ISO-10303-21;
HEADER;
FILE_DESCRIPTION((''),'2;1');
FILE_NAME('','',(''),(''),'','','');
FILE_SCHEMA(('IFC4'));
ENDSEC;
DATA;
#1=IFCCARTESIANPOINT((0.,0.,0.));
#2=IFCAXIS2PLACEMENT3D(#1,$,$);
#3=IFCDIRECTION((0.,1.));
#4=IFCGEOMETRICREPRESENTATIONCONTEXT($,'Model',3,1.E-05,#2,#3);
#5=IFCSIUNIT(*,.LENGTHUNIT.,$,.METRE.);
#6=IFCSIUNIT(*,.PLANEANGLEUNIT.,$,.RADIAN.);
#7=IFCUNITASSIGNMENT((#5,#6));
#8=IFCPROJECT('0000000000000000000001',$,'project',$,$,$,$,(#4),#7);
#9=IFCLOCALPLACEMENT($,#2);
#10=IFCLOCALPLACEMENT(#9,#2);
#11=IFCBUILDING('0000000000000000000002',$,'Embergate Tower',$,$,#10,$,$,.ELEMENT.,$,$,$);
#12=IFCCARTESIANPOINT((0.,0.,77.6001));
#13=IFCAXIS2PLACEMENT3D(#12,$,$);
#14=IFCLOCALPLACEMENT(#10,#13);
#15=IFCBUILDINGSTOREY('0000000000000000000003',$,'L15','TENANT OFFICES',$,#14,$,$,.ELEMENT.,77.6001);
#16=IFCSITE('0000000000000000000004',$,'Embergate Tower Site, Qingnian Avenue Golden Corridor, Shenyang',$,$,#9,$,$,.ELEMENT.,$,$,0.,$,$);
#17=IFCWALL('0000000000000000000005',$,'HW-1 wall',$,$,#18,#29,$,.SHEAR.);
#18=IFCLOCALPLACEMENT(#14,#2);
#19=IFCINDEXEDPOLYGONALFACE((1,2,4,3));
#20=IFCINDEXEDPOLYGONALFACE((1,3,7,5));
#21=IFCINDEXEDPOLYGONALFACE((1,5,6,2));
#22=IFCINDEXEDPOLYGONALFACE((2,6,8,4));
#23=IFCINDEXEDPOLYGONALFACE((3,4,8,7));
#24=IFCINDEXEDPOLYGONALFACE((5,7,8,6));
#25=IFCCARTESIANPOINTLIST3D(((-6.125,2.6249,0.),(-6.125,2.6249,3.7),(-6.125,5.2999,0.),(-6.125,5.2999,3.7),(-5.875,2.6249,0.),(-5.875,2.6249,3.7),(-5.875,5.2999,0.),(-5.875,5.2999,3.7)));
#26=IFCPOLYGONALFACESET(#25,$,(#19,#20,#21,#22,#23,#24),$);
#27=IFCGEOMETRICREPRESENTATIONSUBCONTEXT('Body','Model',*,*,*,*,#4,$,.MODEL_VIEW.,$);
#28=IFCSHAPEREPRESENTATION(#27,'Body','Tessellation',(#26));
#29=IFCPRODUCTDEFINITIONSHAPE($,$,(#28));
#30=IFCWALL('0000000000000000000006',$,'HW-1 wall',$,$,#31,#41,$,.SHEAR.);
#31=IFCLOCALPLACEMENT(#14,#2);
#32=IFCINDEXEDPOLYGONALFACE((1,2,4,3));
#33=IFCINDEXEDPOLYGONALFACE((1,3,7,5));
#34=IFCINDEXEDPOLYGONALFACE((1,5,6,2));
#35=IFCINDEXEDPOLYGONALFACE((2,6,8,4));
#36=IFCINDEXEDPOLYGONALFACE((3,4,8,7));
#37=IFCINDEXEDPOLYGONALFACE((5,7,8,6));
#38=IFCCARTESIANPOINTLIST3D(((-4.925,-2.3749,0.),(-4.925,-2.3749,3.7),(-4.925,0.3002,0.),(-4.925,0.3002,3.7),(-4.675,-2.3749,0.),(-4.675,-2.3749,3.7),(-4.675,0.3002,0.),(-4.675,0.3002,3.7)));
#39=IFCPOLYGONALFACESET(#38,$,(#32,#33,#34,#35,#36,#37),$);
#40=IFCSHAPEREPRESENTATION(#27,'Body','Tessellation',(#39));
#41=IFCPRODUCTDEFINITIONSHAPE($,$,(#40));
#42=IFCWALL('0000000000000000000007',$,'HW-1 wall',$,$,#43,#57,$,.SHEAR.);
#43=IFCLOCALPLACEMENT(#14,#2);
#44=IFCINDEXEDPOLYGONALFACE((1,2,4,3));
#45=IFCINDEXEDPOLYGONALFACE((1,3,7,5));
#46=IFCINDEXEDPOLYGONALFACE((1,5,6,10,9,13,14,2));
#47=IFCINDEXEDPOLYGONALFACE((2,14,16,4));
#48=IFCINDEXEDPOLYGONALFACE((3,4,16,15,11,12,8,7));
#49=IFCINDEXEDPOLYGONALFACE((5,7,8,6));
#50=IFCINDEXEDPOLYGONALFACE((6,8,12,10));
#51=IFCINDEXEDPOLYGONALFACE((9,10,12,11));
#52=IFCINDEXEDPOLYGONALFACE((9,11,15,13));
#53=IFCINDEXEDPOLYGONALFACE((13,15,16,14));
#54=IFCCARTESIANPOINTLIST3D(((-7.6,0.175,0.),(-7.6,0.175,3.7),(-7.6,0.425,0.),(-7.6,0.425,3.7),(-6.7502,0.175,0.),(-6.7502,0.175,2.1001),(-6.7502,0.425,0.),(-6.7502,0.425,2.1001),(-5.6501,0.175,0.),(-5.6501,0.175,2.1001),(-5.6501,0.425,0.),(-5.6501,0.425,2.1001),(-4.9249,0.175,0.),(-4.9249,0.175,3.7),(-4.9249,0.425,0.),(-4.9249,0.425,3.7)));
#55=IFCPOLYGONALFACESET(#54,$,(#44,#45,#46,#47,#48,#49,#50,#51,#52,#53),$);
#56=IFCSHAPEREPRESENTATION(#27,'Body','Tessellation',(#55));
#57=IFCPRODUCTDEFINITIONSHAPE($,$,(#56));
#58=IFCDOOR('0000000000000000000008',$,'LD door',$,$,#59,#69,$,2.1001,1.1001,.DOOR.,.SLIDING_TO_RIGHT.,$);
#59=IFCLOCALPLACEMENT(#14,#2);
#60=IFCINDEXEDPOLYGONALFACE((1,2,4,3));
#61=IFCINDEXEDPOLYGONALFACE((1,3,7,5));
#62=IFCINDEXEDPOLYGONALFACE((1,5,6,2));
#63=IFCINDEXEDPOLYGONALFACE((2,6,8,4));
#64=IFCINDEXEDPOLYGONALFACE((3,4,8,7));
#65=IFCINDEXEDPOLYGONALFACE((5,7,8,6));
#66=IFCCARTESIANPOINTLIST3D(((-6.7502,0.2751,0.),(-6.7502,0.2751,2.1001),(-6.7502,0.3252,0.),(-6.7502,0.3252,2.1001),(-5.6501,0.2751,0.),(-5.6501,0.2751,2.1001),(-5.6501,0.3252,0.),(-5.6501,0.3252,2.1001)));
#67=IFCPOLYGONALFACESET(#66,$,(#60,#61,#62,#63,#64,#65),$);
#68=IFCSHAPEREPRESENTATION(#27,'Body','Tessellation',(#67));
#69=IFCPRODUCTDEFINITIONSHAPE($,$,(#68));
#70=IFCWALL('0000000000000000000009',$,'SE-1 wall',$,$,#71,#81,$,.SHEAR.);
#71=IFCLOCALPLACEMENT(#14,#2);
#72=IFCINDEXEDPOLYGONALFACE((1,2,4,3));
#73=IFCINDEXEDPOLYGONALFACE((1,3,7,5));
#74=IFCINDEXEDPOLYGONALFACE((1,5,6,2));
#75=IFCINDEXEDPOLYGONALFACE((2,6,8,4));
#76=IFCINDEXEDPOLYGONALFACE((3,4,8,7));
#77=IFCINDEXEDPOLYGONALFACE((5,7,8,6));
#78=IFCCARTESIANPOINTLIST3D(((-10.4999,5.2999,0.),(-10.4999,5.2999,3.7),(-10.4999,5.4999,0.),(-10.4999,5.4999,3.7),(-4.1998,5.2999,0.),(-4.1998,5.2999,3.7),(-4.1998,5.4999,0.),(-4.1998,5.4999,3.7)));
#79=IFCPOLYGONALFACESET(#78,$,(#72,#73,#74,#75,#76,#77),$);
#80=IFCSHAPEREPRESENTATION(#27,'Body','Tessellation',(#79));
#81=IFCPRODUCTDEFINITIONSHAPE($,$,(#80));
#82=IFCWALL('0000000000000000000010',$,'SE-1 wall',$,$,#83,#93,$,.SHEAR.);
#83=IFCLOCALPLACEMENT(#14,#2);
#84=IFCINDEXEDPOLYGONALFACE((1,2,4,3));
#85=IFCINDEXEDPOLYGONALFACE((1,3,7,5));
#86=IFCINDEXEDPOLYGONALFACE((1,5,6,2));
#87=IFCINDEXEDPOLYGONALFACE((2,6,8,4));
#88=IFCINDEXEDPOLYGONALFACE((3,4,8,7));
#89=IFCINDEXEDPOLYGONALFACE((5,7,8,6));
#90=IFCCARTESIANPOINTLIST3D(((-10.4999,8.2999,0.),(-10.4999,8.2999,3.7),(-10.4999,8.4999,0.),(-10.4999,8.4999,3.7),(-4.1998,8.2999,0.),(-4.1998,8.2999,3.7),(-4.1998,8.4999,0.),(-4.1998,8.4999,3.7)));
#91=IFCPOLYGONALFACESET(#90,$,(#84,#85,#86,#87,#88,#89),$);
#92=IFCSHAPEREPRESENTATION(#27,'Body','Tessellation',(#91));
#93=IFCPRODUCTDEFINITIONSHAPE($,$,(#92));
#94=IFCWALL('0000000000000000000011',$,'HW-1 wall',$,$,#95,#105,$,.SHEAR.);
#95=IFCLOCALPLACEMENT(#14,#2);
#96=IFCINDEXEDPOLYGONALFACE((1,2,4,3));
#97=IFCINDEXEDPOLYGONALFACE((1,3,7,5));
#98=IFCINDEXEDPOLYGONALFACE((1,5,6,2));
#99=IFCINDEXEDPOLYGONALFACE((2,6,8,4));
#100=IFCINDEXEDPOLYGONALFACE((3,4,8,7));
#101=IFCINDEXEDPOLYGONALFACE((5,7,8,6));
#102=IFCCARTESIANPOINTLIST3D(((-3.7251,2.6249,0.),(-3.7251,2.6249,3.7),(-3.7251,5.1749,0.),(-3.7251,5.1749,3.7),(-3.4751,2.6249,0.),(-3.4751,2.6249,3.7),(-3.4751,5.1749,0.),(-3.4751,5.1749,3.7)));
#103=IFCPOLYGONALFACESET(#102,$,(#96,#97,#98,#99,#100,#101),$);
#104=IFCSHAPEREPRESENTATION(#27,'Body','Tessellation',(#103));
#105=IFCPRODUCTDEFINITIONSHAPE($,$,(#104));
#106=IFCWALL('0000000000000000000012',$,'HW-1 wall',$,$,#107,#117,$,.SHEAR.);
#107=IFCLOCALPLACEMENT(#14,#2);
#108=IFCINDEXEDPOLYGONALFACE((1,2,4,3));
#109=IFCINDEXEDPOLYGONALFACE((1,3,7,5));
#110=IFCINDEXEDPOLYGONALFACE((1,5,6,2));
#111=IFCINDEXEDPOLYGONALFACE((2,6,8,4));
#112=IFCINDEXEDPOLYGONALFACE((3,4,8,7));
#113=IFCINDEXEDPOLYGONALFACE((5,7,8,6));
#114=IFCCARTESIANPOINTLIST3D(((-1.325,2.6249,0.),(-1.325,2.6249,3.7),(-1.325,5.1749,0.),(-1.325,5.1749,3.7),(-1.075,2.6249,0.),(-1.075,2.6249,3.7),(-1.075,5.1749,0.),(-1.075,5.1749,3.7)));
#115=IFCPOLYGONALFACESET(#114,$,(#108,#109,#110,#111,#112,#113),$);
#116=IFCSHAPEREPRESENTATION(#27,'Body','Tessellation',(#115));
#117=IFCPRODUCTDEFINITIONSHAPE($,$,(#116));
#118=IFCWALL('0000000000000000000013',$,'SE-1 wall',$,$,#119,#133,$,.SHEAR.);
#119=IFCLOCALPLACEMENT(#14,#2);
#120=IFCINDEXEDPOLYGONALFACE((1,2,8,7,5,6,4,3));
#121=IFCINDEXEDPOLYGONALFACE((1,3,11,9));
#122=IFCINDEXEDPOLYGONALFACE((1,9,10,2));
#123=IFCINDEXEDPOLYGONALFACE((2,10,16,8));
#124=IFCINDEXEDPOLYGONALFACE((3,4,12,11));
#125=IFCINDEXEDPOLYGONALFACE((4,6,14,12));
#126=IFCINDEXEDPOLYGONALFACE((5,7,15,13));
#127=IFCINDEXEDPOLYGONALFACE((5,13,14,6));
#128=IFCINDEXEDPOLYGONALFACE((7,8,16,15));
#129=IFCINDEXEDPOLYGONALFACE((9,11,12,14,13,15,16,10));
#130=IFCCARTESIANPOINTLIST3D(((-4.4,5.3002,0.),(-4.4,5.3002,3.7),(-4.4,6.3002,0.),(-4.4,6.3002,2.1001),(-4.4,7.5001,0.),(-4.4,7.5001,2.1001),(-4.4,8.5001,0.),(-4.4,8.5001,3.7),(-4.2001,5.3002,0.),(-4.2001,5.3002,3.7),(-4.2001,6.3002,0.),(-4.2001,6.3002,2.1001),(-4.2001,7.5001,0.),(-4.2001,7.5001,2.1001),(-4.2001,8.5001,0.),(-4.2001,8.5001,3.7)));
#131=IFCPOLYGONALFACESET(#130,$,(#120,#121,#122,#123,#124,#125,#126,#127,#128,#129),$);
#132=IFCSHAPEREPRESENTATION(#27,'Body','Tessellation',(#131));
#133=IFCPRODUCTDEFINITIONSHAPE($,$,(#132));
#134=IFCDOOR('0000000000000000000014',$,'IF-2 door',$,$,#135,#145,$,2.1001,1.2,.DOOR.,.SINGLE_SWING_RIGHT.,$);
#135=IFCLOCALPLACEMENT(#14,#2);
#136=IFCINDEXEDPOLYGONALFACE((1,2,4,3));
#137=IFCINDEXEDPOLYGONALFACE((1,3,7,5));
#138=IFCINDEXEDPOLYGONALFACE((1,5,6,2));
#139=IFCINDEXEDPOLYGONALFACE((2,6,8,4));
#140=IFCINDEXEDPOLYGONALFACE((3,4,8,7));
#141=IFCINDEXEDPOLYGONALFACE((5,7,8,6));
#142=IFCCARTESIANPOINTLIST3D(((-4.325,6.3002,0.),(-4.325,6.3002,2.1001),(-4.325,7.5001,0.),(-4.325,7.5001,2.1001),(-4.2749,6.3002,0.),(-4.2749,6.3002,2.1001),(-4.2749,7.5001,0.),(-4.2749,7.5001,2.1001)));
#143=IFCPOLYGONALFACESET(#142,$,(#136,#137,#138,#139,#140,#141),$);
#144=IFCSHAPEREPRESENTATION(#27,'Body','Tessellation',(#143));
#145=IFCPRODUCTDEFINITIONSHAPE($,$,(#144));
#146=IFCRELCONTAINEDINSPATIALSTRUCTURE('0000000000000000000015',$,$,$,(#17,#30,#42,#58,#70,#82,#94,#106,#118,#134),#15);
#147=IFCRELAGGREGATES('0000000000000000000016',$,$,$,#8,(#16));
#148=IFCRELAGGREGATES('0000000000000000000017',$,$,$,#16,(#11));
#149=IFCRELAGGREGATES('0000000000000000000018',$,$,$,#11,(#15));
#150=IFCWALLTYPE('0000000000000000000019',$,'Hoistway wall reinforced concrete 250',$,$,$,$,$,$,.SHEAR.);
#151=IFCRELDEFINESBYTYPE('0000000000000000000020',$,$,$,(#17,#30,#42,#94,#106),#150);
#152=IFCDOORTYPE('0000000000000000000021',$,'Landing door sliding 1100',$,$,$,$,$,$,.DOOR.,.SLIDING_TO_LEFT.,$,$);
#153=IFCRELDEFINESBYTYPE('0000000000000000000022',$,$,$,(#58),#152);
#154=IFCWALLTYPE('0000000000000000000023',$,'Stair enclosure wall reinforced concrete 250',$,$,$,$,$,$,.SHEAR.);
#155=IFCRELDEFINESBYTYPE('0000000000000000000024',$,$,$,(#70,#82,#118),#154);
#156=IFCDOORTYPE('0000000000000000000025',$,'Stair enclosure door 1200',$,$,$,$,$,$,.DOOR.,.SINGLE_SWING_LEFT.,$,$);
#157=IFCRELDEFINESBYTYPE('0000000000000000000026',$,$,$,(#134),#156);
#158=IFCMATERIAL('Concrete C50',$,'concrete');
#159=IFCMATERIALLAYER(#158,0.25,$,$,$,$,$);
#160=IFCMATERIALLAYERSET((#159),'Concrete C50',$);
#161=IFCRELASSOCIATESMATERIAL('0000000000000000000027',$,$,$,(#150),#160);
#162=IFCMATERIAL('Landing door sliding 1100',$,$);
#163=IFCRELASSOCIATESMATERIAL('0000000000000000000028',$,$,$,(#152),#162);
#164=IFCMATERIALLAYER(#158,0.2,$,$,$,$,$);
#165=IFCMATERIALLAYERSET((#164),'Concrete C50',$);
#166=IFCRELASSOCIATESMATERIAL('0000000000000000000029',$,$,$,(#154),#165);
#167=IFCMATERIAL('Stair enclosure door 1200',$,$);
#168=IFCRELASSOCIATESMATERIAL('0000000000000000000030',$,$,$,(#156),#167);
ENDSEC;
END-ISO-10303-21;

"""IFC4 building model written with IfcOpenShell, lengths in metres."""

from ifc_helpers import new_model, si_unit, direction, frame, frame_2d, origin, place, context, subcontext, project, spatial, rectangle, extrude, source, transform, mapped, material, layer, layer_set, type_object, element, fill, save


model = new_model("IFC4")

# Units and contexts
model_context = context("Model", 3, precision=1e-05, world=origin(), true_north=direction((0.0, 1.0)))
body_context = subcontext(model_context, "Body", "Model", "MODEL_VIEW")
ifc_project = project(units=[si_unit("LENGTHUNIT", "METRE"), si_unit("PLANEANGLEUNIT", "RADIAN")], contexts=[model_context])

# Site, building, storey
site_placement = place(None, origin())
site = spatial("IfcSite", under=ifc_project, at=site_placement, Name="Embergate Tower Site, Qingnian Avenue Golden Corridor, Shenyang", CompositionType="ELEMENT", RefElevation=0.0)
building_placement = place(site_placement, origin())
building = spatial("IfcBuilding", under=site, at=building_placement, Name="Embergate Tower", CompositionType="ELEMENT")
storey_placement = place(building_placement, frame((0.0, 0.0, 77.6001)))
storey = spatial("IfcBuildingStorey", under=building, at=storey_placement, Name="L15", Description="TENANT OFFICES", CompositionType="ELEMENT", Elevation=77.6001)

# Walls
ifc_material_1 = material(Name="Concrete C50", Category="concrete")
ifc_layer_1 = layer(ifc_material_1, 0.25)
ifc_layer_set_1 = layer_set([ifc_layer_1], Name="Concrete C50")
wall_type_1 = type_object("IfcWallType", Name="Hoistway wall reinforced concrete 250", PredefinedType="SHEAR", material=ifc_layer_set_1)
shared_shape_1 = source(origin(), body_context, "Body", "SweptSolid", [
    extrude(rectangle(XDim=2.675, YDim=0.25, at=frame_2d((1.3374, 0.0))), origin(), (0.0, 0.0, 1.0), 3.7),
])
for number, where, z_axis, x_axis, name in (
    (1, (-6.0, 2.625, 0.0), (0.0, 0.0, 1.0), (0.0, 1.0, 0.0), "HW-1 wall"),
    (2, (-4.8, 0.3, 0.0), (0.0, 0.0, 1.0), (0.0, -1.0, 0.0), "HW-1 wall"),
):
    element("IfcWall", number, at=place(storey_placement, frame(where, z_axis=z_axis, x_axis=x_axis)), inside=storey, type_object=wall_type_1, Name=name, PredefinedType="SHEAR", context=body_context, shape_type="MappedRepresentation", body=[
        mapped(shared_shape_1, transform((0.0, 0.0, 0.0))),
    ])

# Wall, opening, door
wall_1_placement = place(storey_placement, frame((-4.925, 0.3, 0.0), z_axis=(0.0, 0.0, 1.0), x_axis=(-1.0, 0.0, 0.0)))
wall_1 = element("IfcWall", 3, at=wall_1_placement, inside=storey, type_object=wall_type_1, Name="HW-1 wall", PredefinedType="SHEAR", context=body_context, shape_type="MappedRepresentation", body=[
    mapped(shared_shape_1, transform((0.0, 0.0, 0.0))),
])
shared_shape_2 = source(origin(), body_context, "Body", "SweptSolid", [
    extrude(rectangle(XDim=1.1001, YDim=2.1001, at=frame_2d((0.55, 1.05))), frame((0.0, 0.135, 0.0), z_axis=(0.0, -1.0, 0.0), x_axis=(1.0, 0.0, 0.0)), (0.0, 0.0, 1.0), 0.27),
])
opening_1_placement = place(wall_1_placement, frame((0.7251, 0.0, 0.0)))
opening_1 = element("IfcOpeningElement", 4, at=opening_1_placement, cuts=wall_1, PredefinedType="OPENING", context=body_context, shape_type="MappedRepresentation", body=[
    mapped(shared_shape_2, transform((0.0, 0.0, 0.0))),
])
ifc_material_2 = material(Name="Landing door sliding 1100")
door_type_1 = type_object("IfcDoorType", Name="Landing door sliding 1100", OperationType="SLIDING_TO_LEFT", PredefinedType="DOOR", material=ifc_material_2)
shared_shape_3 = source(origin(), body_context, "Body", "SweptSolid", [
    extrude(rectangle(XDim=1.1001, YDim=2.1001, at=frame_2d((0.55, 1.05))), frame((0.0, 0.0249, 0.0), z_axis=(0.0, -1.0, 0.0), x_axis=(1.0, 0.0, 0.0)), (0.0, 0.0, 1.0), 0.05),
])
door_1_placement = place(opening_1_placement, origin())
door_1 = element("IfcDoor", 5, at=door_1_placement, inside=storey, type_object=door_type_1, Name="LD door", OperationType="SLIDING_TO_RIGHT", OverallHeight=2.1001, OverallWidth=1.1001, PredefinedType="DOOR", context=body_context, shape_type="MappedRepresentation", body=[
    mapped(shared_shape_3, transform((0.0, 0.0, 0.0))),
])
fill(opening_1, door_1)

# Walls
ifc_layer_2 = layer(ifc_material_1, 0.2)
ifc_layer_set_2 = layer_set([ifc_layer_2], Name="Concrete C50")
wall_type_2 = type_object("IfcWallType", Name="Stair enclosure wall reinforced concrete 250", PredefinedType="SHEAR", material=ifc_layer_set_2)
shared_shape_4 = source(origin(), body_context, "Body", "SweptSolid", [
    extrude(rectangle(XDim=6.3, YDim=0.2, at=frame_2d((3.1499, 0.0))), origin(), (0.0, 0.0, 1.0), 3.7),
])
for number, where, z_axis, x_axis, name in (
    (6, (-4.2, 5.3999, 0.0), (0.0, 0.0, 1.0), (-1.0, 0.0, 0.0), "SE-1 wall"),
    (7, (-4.2, 8.3999, 0.0), (0.0, 0.0, 1.0), (-1.0, 0.0, 0.0), "SE-1 wall"),
):
    element("IfcWall", number, at=place(storey_placement, frame(where, z_axis=z_axis, x_axis=x_axis)), inside=storey, type_object=wall_type_2, Name=name, PredefinedType="SHEAR", context=body_context, shape_type="MappedRepresentation", body=[
        mapped(shared_shape_4, transform((0.0, 0.0, 0.0))),
    ])
shared_shape_5 = source(origin(), body_context, "Body", "SweptSolid", [
    extrude(rectangle(XDim=2.55, YDim=0.25, at=frame_2d((1.2749, 0.0))), origin(), (0.0, 0.0, 1.0), 3.7),
])
for number, where, z_axis, x_axis, name in (
    (8, (-3.6001, 2.625, 0.0), (0.0, 0.0, 1.0), (0.0, 1.0, 0.0), "HW-1 wall"),
    (9, (-1.2, 2.625, 0.0), (0.0, 0.0, 1.0), (0.0, 1.0, 0.0), "HW-1 wall"),
):
    element("IfcWall", number, at=place(storey_placement, frame(where, z_axis=z_axis, x_axis=x_axis)), inside=storey, type_object=wall_type_1, Name=name, PredefinedType="SHEAR", context=body_context, shape_type="MappedRepresentation", body=[
        mapped(shared_shape_5, transform((0.0, 0.0, 0.0))),
    ])

# Wall, opening, door
shared_shape_6 = source(origin(), body_context, "Body", "SweptSolid", [
    extrude(rectangle(XDim=3.2, YDim=0.2, at=frame_2d((1.6001, 0.0))), origin(), (0.0, 0.0, 1.0), 3.7),
])
wall_2_placement = place(storey_placement, frame((-4.3, 5.3, 0.0), z_axis=(0.0, 0.0, 1.0), x_axis=(0.0, 1.0, 0.0)))
wall_2 = element("IfcWall", 10, at=wall_2_placement, inside=storey, type_object=wall_type_2, Name="SE-1 wall", PredefinedType="SHEAR", context=body_context, shape_type="MappedRepresentation", body=[
    mapped(shared_shape_6, transform((0.0, 0.0, 0.0))),
])
shared_shape_7 = source(origin(), body_context, "Body", "SweptSolid", [
    extrude(rectangle(XDim=1.2, YDim=2.1001, at=frame_2d((0.6001, 1.05))), frame((0.0, 0.1099, 0.0), z_axis=(0.0, -1.0, 0.0), x_axis=(1.0, 0.0, 0.0)), (0.0, 0.0, 1.0), 0.22),
])
opening_2_placement = place(wall_2_placement, frame((1.0, 0.0, 0.0)))
opening_2 = element("IfcOpeningElement", 11, at=opening_2_placement, cuts=wall_2, PredefinedType="OPENING", context=body_context, shape_type="MappedRepresentation", body=[
    mapped(shared_shape_7, transform((0.0, 0.0, 0.0))),
])
ifc_material_3 = material(Name="Stair enclosure door 1200")
door_type_2 = type_object("IfcDoorType", Name="Stair enclosure door 1200", OperationType="SINGLE_SWING_LEFT", PredefinedType="DOOR", material=ifc_material_3)
shared_shape_8 = source(origin(), body_context, "Body", "SweptSolid", [
    extrude(rectangle(XDim=1.2, YDim=2.1001, at=frame_2d((0.6001, 1.05))), frame((0.0, 0.0249, 0.0), z_axis=(0.0, -1.0, 0.0), x_axis=(1.0, 0.0, 0.0)), (0.0, 0.0, 1.0), 0.05),
])
door_2_placement = place(opening_2_placement, origin())
door_2 = element("IfcDoor", 12, at=door_2_placement, inside=storey, type_object=door_type_2, Name="IF-2 door", OperationType="SINGLE_SWING_RIGHT", OverallHeight=2.1001, OverallWidth=1.2, PredefinedType="DOOR", context=body_context, shape_type="MappedRepresentation", body=[
    mapped(shared_shape_8, transform((0.0, 0.0, 0.0))),
])
fill(opening_2, door_2)

save(model, "model.ifc")
